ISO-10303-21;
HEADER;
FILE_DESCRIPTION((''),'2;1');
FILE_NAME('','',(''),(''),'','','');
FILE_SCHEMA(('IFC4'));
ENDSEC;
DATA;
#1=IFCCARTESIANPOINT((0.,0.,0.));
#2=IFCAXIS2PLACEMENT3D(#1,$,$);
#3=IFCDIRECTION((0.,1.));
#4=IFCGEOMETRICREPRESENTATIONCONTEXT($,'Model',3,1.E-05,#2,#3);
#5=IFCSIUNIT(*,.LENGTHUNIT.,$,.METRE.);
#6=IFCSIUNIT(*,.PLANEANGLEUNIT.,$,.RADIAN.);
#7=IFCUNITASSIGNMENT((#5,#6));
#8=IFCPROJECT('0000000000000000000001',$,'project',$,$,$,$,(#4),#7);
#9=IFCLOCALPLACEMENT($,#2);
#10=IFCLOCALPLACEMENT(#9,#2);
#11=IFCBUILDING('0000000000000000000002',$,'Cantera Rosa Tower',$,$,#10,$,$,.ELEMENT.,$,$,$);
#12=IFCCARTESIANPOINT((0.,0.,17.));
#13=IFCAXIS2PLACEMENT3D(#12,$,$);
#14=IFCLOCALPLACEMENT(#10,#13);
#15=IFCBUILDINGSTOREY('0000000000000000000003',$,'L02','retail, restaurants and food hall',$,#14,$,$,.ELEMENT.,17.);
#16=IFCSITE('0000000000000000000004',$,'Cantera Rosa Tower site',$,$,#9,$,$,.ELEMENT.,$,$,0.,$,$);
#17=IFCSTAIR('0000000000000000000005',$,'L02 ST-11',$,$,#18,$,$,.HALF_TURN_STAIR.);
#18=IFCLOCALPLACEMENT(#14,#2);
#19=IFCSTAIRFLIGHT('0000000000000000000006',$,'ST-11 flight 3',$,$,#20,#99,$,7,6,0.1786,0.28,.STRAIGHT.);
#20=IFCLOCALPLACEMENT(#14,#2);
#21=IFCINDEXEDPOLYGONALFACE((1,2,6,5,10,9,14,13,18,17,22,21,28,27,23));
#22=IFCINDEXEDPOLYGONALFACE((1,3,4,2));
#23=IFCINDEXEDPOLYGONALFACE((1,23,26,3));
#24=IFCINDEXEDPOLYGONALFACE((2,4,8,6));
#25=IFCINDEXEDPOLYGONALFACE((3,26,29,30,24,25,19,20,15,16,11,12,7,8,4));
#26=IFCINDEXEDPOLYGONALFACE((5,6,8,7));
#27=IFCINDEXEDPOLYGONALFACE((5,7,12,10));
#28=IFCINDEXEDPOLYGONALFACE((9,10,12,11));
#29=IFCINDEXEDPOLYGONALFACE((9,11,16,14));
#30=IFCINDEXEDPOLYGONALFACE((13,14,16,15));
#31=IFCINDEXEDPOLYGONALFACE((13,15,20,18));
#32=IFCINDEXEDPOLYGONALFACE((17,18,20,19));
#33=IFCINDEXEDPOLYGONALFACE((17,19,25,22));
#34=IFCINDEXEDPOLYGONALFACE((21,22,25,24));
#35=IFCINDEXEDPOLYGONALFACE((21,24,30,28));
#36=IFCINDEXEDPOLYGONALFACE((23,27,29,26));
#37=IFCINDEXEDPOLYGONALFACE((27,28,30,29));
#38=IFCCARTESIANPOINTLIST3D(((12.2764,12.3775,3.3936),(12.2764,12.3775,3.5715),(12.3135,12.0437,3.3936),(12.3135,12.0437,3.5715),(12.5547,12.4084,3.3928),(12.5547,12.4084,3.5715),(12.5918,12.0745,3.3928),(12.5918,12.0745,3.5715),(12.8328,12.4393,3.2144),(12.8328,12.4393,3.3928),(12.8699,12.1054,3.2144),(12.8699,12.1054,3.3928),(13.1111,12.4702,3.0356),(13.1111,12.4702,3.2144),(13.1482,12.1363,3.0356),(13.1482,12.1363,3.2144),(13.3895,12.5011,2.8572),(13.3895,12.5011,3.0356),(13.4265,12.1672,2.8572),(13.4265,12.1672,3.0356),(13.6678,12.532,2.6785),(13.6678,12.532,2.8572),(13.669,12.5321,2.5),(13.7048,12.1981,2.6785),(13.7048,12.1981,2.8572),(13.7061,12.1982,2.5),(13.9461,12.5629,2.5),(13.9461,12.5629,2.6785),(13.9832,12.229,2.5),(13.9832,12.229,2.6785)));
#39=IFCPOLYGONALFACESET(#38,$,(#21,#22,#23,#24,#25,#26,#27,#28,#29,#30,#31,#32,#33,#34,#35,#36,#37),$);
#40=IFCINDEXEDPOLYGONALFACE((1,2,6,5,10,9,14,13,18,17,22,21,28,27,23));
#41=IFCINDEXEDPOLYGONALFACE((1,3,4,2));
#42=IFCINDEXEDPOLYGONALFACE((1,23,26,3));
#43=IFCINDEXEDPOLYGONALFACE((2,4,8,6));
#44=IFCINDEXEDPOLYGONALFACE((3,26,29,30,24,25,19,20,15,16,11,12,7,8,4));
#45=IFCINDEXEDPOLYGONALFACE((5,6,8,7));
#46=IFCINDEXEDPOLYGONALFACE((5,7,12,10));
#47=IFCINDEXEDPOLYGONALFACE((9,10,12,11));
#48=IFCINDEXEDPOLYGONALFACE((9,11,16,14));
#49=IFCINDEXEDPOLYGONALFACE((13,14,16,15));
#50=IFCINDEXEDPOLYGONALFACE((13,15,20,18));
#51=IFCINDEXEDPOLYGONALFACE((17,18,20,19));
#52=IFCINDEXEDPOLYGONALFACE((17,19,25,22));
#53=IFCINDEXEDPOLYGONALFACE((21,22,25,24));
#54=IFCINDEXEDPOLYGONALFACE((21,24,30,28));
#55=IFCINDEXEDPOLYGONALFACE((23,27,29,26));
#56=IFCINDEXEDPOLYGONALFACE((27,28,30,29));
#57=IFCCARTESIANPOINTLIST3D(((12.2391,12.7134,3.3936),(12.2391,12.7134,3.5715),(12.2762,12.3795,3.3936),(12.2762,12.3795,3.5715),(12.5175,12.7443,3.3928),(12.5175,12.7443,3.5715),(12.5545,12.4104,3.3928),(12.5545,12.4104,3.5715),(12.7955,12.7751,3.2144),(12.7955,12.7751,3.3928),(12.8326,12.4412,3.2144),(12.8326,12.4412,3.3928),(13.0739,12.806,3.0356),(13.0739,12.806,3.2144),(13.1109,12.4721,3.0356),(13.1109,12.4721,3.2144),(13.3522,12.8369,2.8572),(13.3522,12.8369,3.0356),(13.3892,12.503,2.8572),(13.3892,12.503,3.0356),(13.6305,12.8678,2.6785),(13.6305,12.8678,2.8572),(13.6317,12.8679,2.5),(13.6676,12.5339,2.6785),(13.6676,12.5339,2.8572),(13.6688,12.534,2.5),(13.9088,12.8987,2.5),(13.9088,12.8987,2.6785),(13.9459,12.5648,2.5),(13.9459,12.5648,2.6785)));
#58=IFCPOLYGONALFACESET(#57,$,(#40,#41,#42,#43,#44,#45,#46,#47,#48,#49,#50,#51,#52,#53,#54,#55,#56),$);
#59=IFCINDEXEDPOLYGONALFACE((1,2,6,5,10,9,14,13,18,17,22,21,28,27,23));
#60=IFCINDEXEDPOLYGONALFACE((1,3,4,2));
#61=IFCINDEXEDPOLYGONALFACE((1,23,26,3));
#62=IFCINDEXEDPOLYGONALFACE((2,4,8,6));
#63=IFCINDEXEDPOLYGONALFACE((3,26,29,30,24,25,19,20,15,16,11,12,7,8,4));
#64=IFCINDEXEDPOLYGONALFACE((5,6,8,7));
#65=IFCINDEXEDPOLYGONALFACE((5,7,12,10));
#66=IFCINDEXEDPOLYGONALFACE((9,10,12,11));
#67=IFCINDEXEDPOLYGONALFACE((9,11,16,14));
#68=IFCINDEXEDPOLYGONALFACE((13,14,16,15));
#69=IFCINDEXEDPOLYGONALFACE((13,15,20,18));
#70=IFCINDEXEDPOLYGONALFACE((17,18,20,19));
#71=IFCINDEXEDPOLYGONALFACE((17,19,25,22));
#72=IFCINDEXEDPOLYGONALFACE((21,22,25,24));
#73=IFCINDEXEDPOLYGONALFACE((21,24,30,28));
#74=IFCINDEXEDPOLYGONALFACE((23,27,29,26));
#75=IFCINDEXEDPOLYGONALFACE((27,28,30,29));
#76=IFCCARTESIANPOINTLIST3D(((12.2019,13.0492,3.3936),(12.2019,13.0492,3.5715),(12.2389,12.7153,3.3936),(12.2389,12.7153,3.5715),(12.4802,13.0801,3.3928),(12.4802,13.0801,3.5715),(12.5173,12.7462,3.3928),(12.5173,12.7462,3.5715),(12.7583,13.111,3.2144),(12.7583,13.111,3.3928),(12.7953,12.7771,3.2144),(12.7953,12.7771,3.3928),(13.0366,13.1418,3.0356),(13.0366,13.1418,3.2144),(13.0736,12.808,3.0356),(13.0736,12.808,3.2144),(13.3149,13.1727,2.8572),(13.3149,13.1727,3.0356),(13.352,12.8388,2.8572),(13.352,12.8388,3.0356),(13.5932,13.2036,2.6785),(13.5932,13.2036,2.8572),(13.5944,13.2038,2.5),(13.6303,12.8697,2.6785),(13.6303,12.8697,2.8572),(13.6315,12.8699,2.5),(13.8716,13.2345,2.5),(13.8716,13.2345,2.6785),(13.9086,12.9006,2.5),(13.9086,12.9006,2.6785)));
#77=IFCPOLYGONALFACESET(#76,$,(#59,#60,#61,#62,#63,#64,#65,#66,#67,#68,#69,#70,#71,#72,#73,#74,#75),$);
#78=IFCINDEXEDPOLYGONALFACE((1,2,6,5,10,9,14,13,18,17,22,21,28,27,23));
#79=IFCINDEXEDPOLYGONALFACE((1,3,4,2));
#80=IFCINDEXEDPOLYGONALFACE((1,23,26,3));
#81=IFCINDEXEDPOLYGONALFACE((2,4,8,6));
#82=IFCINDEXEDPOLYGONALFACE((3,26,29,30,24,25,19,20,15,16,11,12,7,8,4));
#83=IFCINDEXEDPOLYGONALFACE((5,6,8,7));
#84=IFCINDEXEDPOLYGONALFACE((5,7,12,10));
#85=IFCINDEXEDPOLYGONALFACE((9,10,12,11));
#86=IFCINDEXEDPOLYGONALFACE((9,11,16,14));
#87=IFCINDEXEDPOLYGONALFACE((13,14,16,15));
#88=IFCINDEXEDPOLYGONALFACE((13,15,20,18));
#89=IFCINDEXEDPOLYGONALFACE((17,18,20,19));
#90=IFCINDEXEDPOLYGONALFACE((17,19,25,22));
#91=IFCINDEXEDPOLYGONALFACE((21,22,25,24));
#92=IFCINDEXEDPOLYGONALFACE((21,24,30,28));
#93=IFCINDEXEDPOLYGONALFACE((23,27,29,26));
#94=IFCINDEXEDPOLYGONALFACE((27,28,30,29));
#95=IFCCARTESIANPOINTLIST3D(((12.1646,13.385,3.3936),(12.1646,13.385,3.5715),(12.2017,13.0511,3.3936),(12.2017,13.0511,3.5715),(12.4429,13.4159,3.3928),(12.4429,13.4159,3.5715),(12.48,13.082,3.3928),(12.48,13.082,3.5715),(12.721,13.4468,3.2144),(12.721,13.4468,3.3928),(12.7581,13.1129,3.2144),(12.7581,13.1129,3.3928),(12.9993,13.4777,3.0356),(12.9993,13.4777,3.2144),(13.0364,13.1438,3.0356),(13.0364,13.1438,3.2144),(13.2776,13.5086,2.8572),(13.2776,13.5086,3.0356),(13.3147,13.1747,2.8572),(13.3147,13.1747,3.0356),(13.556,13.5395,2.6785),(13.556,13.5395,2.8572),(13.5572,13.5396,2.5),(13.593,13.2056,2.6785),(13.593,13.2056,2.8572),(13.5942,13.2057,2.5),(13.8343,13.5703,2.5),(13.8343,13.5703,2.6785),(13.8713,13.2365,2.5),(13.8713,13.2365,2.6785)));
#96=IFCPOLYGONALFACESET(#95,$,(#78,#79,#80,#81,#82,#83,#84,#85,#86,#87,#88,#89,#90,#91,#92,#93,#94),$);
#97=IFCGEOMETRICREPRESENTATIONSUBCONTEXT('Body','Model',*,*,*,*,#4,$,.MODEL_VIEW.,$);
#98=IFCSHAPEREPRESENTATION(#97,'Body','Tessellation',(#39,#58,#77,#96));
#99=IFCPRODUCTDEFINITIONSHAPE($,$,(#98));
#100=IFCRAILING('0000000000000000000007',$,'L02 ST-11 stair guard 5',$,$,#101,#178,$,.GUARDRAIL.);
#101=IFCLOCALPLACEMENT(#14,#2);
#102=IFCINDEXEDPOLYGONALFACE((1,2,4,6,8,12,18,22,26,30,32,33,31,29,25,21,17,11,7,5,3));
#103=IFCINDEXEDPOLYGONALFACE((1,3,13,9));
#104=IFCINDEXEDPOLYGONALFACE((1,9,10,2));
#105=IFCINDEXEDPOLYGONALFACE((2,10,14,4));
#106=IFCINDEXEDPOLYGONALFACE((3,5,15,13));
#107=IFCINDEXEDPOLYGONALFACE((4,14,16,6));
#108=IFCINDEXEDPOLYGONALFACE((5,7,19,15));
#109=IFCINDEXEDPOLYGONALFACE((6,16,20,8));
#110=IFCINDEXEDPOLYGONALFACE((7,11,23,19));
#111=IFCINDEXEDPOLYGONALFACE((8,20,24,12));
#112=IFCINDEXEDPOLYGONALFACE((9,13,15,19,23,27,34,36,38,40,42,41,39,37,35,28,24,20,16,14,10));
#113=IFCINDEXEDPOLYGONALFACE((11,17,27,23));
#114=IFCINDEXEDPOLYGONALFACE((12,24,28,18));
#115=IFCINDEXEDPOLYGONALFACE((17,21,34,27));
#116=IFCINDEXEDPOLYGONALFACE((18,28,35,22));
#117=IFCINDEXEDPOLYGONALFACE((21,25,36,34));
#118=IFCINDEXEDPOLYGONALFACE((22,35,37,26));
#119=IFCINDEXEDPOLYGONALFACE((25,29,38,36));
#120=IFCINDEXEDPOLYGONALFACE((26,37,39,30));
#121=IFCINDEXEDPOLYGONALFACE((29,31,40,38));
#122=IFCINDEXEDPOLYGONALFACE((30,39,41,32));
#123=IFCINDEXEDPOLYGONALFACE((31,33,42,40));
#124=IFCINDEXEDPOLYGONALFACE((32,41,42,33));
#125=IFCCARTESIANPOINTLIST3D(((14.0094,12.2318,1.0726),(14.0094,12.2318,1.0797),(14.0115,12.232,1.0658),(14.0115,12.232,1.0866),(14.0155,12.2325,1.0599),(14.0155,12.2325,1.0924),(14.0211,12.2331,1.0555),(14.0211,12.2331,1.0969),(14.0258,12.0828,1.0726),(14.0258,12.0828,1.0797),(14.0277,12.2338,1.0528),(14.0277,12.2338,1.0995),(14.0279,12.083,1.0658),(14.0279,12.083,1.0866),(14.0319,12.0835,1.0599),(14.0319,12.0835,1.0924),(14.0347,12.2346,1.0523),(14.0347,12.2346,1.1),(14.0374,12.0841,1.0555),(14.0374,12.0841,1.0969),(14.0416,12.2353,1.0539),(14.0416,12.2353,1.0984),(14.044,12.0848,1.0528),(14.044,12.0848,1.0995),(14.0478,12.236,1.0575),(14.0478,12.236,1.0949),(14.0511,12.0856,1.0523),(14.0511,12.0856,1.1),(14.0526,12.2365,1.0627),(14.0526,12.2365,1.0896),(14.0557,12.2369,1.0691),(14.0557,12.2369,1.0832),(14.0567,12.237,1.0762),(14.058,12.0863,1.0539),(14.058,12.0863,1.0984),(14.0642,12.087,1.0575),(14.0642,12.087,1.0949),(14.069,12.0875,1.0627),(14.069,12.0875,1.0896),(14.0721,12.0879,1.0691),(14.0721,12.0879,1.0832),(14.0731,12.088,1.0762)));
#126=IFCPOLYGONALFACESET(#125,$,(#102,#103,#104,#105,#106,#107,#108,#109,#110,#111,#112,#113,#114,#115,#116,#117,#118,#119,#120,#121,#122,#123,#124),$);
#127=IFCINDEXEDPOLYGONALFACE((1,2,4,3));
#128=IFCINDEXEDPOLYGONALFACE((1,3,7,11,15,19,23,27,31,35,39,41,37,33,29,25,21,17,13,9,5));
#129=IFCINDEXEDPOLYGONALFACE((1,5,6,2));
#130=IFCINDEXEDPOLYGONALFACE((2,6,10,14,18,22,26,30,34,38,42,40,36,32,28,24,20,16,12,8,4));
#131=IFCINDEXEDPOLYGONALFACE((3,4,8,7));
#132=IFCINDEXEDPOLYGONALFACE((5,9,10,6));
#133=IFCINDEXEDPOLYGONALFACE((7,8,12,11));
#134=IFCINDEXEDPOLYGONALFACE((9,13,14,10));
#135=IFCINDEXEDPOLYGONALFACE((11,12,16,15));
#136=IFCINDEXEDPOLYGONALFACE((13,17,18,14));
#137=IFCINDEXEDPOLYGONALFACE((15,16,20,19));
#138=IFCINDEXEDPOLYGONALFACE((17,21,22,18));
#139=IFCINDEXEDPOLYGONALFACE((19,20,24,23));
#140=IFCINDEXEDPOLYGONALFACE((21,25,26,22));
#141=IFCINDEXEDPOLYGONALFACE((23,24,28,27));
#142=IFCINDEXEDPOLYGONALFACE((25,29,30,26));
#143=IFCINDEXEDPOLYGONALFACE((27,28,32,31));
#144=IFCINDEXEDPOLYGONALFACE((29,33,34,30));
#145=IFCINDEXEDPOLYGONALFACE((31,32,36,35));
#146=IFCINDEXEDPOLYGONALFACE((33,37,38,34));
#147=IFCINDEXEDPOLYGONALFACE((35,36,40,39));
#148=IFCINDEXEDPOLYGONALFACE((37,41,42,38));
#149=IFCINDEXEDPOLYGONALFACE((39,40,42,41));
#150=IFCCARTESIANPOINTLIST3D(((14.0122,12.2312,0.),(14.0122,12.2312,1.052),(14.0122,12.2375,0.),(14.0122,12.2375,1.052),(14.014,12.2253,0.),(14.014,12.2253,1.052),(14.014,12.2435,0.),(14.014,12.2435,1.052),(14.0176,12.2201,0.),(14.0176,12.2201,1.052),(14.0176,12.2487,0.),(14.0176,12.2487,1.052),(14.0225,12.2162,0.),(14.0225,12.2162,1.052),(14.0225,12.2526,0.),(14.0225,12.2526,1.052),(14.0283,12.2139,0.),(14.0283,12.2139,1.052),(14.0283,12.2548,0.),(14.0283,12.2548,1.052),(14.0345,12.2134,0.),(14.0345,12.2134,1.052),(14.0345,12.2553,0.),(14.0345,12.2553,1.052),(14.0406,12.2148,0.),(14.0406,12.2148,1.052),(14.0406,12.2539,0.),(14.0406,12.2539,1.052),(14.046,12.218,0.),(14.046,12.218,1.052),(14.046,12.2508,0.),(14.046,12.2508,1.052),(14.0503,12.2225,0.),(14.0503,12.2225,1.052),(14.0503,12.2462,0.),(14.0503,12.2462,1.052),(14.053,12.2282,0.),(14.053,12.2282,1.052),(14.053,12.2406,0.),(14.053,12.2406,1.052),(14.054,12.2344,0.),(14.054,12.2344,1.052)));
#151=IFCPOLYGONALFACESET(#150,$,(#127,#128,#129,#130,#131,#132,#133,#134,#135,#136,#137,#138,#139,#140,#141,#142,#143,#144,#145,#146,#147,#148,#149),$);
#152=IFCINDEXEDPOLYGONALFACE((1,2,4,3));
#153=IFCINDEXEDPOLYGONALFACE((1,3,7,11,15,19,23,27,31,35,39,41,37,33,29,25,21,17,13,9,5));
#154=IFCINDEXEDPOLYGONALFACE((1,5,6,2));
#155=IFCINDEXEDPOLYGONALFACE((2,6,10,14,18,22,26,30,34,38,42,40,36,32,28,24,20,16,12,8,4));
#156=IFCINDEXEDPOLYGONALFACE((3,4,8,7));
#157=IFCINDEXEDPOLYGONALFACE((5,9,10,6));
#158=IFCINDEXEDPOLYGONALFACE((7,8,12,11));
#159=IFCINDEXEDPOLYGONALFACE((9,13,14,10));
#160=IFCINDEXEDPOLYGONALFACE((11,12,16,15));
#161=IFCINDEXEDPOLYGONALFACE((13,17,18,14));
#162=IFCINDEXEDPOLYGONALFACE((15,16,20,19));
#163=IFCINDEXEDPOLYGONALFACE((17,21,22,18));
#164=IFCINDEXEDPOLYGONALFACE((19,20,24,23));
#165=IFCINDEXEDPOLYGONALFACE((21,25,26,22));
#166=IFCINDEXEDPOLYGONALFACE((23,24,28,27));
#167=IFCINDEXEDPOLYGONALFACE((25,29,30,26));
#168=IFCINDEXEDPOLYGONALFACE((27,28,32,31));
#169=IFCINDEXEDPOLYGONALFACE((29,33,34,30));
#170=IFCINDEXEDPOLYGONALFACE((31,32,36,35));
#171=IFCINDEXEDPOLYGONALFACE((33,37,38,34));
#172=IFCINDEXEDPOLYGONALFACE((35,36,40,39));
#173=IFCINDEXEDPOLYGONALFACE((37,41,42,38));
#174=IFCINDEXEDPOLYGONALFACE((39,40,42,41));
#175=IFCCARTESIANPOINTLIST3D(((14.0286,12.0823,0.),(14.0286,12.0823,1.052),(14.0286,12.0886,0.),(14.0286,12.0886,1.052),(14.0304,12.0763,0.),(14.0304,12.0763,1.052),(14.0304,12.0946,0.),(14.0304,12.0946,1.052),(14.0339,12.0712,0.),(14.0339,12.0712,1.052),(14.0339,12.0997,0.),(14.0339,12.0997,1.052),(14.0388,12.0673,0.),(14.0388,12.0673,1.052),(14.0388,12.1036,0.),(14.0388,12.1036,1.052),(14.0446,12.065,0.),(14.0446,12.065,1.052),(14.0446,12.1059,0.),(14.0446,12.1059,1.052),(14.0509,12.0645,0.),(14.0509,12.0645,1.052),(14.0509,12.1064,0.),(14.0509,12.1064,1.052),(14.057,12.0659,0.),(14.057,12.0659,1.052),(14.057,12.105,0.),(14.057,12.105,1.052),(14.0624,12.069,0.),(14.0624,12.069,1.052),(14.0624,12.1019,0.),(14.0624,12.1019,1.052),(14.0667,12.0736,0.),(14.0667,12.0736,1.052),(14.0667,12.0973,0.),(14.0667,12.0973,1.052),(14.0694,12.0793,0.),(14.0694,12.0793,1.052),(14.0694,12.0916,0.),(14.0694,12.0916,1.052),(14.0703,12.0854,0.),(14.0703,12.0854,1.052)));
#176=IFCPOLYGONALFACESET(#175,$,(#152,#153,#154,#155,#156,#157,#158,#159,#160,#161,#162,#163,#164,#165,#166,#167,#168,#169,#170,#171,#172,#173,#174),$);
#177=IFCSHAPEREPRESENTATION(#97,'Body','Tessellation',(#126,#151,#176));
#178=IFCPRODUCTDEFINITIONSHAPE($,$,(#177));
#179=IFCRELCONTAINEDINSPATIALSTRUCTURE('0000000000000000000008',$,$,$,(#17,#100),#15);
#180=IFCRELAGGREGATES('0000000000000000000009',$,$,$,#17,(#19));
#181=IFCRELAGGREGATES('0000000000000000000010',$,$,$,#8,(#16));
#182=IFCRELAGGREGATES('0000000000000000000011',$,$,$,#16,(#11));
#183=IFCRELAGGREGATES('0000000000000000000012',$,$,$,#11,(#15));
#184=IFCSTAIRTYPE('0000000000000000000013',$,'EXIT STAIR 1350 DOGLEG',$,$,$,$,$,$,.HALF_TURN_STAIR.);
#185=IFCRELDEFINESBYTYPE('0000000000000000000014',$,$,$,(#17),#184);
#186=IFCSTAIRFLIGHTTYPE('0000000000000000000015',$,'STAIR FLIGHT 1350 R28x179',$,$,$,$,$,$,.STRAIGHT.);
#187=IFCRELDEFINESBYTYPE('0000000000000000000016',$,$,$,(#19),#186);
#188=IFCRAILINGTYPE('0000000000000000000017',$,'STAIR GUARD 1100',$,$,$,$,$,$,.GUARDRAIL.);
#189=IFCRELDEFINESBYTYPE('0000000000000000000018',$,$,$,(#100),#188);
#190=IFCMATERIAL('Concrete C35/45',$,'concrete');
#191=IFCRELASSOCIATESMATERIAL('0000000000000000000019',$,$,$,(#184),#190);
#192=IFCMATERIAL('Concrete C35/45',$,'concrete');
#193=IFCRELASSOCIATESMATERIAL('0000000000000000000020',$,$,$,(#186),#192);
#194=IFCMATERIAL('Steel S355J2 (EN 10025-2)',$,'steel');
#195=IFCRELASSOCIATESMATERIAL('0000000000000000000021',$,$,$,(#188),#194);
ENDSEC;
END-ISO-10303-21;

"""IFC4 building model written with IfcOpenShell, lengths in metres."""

from ifc_helpers import new_model, si_unit, direction, frame, origin, origin_2d, place, context, subcontext, project, spatial, polyline, circle, outline, extrude, material, type_object, element, aggregate, save


model = new_model("IFC4")

# Units and contexts
model_context = context("Model", 3, precision=1e-05, world=origin(), true_north=direction((0.0, 1.0)))
body_context = subcontext(model_context, "Body", "Model", "MODEL_VIEW")
ifc_project = project(units=[si_unit("LENGTHUNIT", "METRE"), si_unit("PLANEANGLEUNIT", "RADIAN")], contexts=[model_context])

# Site, building, storey
site_placement = place(None, origin())
site = spatial("IfcSite", under=ifc_project, at=site_placement, Name="Cantera Rosa Tower site", CompositionType="ELEMENT", RefElevation=0.0)
building_placement = place(site_placement, origin())
building = spatial("IfcBuilding", under=site, at=building_placement, Name="Cantera Rosa Tower", CompositionType="ELEMENT")
storey_placement = place(building_placement, frame((0.0, 0.0, 17.0)))
storey = spatial("IfcBuildingStorey", under=building, at=storey_placement, Name="L02", Description="retail, restaurants and food hall", CompositionType="ELEMENT", Elevation=17.0)

# Stair, stair flight
ifc_material_1 = material(Name="Concrete C35/45", Category="concrete")
stair_type = type_object("IfcStairType", Name="EXIT STAIR 1350 DOGLEG", PredefinedType="HALF_TURN_STAIR", material=ifc_material_1)
stair_placement = place(storey_placement, origin())
stair = element("IfcStair", 1, at=stair_placement, inside=storey, type_object=stair_type, Name="L02 ST-11", PredefinedType="HALF_TURN_STAIR")
ifc_material_2 = material(Name="Concrete C35/45", Category="concrete")
stair_flight_type = type_object("IfcStairFlightType", Name="STAIR FLIGHT 1350 R28x179", PredefinedType="STRAIGHT", material=ifc_material_2)
stair_flight_placement = place(storey_placement, frame((13.9087, 12.8999, 2.5), z_axis=(0.0, 0.0, 1.0), x_axis=(-0.993897, -0.110313, 0.0)))
stair_flight = element("IfcStairFlight", 2, at=stair_flight_placement, type_object=stair_flight_type, Name="ST-11 flight 3", NumberOfRisers=7, NumberOfTreads=6, PredefinedType="STRAIGHT", RiserHeight=0.1786, TreadLength=0.28, context=body_context, shape_type="SweptSolid", body=[
    extrude(outline(polyline([(0.0, 0.0), (0.0, 0.1785), (0.28, 0.1785), (0.28, 0.3572), (0.5601, 0.3572), (0.5601, 0.5356), (0.8401, 0.5356), (0.8401, 0.7144), (1.1201, 0.7144), (1.1201, 0.8928), (1.3999, 0.8928), (1.3999, 1.0715), (1.6799, 1.0715), (1.6799, 1.25), (1.6799, 0.8936), (0.2788, 0.0), (0.0, 0.0)])), frame((0.0, 0.675, 0.0), z_axis=(0.0, -1.0, 0.0), x_axis=(1.0, 0.0, 0.0)), (0.0, 0.0, 1.0), 0.3359),
    extrude(outline(polyline([(0.0, 0.0), (0.0, 0.1785), (0.28, 0.1785), (0.28, 0.3572), (0.5601, 0.3572), (0.5601, 0.5356), (0.8401, 0.5356), (0.8401, 0.7144), (1.1201, 0.7144), (1.1201, 0.8928), (1.3999, 0.8928), (1.3999, 1.0715), (1.6799, 1.0715), (1.6799, 1.25), (1.6799, 0.8936), (0.2788, 0.0), (0.0, 0.0)])), frame((0.0, 0.3372, 0.0), z_axis=(0.0, -1.0, 0.0), x_axis=(1.0, 0.0, 0.0)), (0.0, 0.0, 1.0), 0.3359),
    extrude(outline(polyline([(0.0, 0.0), (0.0, 0.1785), (0.28, 0.1785), (0.28, 0.3572), (0.5601, 0.3572), (0.5601, 0.5356), (0.8401, 0.5356), (0.8401, 0.7144), (1.1201, 0.7144), (1.1201, 0.8928), (1.3999, 0.8928), (1.3999, 1.0715), (1.6799, 1.0715), (1.6799, 1.25), (1.6799, 0.8936), (0.2788, 0.0), (0.0, 0.0)])), frame((0.0, -0.0007, 0.0), z_axis=(0.0, -1.0, 0.0), x_axis=(1.0, 0.0, 0.0)), (0.0, 0.0, 1.0), 0.3359),
    extrude(outline(polyline([(0.0, 0.0), (0.0, 0.1785), (0.28, 0.1785), (0.28, 0.3572), (0.5601, 0.3572), (0.5601, 0.5356), (0.8401, 0.5356), (0.8401, 0.7144), (1.1201, 0.7144), (1.1201, 0.8928), (1.3999, 0.8928), (1.3999, 1.0715), (1.6799, 1.0715), (1.6799, 1.25), (1.6799, 0.8936), (0.2788, 0.0), (0.0, 0.0)])), frame((0.0, -0.3386, 0.0), z_axis=(0.0, -1.0, 0.0), x_axis=(1.0, 0.0, 0.0)), (0.0, 0.0, 1.0), 0.3359),
])
aggregate(stair, [stair_flight])

# Railing
ifc_material_3 = material(Name="Steel S355J2 (EN 10025-2)", Category="steel")
railing_type = type_object("IfcRailingType", Name="STAIR GUARD 1100", PredefinedType="GUARDRAIL", material=ifc_material_3)
railing_placement = place(storey_placement, frame((14.033, 12.2344, 0.0)))
element("IfcRailing", 3, at=railing_placement, inside=storey, type_object=railing_type, Name="L02 ST-11 stair guard 5", PredefinedType="GUARDRAIL", context=body_context, shape_type="SweptSolid", body=[
    extrude(circle(Radius=0.0239, at=origin_2d()), frame((0.0, 0.0, 1.0762), z_axis=(0.109179, -0.994022, 0.0), x_axis=(0.994022, 0.109179, 0.0)), (0.0, 0.0, 1.0), 0.1499),
    extrude(circle(Radius=0.021, at=origin_2d()), origin(), (0.0, 0.0, 1.0), 1.052),
    extrude(circle(Radius=0.021, at=origin_2d()), frame((0.0164, -0.1489, 0.0)), (0.0, 0.0, 1.0), 1.052),
])

save(model, "model.ifc")
